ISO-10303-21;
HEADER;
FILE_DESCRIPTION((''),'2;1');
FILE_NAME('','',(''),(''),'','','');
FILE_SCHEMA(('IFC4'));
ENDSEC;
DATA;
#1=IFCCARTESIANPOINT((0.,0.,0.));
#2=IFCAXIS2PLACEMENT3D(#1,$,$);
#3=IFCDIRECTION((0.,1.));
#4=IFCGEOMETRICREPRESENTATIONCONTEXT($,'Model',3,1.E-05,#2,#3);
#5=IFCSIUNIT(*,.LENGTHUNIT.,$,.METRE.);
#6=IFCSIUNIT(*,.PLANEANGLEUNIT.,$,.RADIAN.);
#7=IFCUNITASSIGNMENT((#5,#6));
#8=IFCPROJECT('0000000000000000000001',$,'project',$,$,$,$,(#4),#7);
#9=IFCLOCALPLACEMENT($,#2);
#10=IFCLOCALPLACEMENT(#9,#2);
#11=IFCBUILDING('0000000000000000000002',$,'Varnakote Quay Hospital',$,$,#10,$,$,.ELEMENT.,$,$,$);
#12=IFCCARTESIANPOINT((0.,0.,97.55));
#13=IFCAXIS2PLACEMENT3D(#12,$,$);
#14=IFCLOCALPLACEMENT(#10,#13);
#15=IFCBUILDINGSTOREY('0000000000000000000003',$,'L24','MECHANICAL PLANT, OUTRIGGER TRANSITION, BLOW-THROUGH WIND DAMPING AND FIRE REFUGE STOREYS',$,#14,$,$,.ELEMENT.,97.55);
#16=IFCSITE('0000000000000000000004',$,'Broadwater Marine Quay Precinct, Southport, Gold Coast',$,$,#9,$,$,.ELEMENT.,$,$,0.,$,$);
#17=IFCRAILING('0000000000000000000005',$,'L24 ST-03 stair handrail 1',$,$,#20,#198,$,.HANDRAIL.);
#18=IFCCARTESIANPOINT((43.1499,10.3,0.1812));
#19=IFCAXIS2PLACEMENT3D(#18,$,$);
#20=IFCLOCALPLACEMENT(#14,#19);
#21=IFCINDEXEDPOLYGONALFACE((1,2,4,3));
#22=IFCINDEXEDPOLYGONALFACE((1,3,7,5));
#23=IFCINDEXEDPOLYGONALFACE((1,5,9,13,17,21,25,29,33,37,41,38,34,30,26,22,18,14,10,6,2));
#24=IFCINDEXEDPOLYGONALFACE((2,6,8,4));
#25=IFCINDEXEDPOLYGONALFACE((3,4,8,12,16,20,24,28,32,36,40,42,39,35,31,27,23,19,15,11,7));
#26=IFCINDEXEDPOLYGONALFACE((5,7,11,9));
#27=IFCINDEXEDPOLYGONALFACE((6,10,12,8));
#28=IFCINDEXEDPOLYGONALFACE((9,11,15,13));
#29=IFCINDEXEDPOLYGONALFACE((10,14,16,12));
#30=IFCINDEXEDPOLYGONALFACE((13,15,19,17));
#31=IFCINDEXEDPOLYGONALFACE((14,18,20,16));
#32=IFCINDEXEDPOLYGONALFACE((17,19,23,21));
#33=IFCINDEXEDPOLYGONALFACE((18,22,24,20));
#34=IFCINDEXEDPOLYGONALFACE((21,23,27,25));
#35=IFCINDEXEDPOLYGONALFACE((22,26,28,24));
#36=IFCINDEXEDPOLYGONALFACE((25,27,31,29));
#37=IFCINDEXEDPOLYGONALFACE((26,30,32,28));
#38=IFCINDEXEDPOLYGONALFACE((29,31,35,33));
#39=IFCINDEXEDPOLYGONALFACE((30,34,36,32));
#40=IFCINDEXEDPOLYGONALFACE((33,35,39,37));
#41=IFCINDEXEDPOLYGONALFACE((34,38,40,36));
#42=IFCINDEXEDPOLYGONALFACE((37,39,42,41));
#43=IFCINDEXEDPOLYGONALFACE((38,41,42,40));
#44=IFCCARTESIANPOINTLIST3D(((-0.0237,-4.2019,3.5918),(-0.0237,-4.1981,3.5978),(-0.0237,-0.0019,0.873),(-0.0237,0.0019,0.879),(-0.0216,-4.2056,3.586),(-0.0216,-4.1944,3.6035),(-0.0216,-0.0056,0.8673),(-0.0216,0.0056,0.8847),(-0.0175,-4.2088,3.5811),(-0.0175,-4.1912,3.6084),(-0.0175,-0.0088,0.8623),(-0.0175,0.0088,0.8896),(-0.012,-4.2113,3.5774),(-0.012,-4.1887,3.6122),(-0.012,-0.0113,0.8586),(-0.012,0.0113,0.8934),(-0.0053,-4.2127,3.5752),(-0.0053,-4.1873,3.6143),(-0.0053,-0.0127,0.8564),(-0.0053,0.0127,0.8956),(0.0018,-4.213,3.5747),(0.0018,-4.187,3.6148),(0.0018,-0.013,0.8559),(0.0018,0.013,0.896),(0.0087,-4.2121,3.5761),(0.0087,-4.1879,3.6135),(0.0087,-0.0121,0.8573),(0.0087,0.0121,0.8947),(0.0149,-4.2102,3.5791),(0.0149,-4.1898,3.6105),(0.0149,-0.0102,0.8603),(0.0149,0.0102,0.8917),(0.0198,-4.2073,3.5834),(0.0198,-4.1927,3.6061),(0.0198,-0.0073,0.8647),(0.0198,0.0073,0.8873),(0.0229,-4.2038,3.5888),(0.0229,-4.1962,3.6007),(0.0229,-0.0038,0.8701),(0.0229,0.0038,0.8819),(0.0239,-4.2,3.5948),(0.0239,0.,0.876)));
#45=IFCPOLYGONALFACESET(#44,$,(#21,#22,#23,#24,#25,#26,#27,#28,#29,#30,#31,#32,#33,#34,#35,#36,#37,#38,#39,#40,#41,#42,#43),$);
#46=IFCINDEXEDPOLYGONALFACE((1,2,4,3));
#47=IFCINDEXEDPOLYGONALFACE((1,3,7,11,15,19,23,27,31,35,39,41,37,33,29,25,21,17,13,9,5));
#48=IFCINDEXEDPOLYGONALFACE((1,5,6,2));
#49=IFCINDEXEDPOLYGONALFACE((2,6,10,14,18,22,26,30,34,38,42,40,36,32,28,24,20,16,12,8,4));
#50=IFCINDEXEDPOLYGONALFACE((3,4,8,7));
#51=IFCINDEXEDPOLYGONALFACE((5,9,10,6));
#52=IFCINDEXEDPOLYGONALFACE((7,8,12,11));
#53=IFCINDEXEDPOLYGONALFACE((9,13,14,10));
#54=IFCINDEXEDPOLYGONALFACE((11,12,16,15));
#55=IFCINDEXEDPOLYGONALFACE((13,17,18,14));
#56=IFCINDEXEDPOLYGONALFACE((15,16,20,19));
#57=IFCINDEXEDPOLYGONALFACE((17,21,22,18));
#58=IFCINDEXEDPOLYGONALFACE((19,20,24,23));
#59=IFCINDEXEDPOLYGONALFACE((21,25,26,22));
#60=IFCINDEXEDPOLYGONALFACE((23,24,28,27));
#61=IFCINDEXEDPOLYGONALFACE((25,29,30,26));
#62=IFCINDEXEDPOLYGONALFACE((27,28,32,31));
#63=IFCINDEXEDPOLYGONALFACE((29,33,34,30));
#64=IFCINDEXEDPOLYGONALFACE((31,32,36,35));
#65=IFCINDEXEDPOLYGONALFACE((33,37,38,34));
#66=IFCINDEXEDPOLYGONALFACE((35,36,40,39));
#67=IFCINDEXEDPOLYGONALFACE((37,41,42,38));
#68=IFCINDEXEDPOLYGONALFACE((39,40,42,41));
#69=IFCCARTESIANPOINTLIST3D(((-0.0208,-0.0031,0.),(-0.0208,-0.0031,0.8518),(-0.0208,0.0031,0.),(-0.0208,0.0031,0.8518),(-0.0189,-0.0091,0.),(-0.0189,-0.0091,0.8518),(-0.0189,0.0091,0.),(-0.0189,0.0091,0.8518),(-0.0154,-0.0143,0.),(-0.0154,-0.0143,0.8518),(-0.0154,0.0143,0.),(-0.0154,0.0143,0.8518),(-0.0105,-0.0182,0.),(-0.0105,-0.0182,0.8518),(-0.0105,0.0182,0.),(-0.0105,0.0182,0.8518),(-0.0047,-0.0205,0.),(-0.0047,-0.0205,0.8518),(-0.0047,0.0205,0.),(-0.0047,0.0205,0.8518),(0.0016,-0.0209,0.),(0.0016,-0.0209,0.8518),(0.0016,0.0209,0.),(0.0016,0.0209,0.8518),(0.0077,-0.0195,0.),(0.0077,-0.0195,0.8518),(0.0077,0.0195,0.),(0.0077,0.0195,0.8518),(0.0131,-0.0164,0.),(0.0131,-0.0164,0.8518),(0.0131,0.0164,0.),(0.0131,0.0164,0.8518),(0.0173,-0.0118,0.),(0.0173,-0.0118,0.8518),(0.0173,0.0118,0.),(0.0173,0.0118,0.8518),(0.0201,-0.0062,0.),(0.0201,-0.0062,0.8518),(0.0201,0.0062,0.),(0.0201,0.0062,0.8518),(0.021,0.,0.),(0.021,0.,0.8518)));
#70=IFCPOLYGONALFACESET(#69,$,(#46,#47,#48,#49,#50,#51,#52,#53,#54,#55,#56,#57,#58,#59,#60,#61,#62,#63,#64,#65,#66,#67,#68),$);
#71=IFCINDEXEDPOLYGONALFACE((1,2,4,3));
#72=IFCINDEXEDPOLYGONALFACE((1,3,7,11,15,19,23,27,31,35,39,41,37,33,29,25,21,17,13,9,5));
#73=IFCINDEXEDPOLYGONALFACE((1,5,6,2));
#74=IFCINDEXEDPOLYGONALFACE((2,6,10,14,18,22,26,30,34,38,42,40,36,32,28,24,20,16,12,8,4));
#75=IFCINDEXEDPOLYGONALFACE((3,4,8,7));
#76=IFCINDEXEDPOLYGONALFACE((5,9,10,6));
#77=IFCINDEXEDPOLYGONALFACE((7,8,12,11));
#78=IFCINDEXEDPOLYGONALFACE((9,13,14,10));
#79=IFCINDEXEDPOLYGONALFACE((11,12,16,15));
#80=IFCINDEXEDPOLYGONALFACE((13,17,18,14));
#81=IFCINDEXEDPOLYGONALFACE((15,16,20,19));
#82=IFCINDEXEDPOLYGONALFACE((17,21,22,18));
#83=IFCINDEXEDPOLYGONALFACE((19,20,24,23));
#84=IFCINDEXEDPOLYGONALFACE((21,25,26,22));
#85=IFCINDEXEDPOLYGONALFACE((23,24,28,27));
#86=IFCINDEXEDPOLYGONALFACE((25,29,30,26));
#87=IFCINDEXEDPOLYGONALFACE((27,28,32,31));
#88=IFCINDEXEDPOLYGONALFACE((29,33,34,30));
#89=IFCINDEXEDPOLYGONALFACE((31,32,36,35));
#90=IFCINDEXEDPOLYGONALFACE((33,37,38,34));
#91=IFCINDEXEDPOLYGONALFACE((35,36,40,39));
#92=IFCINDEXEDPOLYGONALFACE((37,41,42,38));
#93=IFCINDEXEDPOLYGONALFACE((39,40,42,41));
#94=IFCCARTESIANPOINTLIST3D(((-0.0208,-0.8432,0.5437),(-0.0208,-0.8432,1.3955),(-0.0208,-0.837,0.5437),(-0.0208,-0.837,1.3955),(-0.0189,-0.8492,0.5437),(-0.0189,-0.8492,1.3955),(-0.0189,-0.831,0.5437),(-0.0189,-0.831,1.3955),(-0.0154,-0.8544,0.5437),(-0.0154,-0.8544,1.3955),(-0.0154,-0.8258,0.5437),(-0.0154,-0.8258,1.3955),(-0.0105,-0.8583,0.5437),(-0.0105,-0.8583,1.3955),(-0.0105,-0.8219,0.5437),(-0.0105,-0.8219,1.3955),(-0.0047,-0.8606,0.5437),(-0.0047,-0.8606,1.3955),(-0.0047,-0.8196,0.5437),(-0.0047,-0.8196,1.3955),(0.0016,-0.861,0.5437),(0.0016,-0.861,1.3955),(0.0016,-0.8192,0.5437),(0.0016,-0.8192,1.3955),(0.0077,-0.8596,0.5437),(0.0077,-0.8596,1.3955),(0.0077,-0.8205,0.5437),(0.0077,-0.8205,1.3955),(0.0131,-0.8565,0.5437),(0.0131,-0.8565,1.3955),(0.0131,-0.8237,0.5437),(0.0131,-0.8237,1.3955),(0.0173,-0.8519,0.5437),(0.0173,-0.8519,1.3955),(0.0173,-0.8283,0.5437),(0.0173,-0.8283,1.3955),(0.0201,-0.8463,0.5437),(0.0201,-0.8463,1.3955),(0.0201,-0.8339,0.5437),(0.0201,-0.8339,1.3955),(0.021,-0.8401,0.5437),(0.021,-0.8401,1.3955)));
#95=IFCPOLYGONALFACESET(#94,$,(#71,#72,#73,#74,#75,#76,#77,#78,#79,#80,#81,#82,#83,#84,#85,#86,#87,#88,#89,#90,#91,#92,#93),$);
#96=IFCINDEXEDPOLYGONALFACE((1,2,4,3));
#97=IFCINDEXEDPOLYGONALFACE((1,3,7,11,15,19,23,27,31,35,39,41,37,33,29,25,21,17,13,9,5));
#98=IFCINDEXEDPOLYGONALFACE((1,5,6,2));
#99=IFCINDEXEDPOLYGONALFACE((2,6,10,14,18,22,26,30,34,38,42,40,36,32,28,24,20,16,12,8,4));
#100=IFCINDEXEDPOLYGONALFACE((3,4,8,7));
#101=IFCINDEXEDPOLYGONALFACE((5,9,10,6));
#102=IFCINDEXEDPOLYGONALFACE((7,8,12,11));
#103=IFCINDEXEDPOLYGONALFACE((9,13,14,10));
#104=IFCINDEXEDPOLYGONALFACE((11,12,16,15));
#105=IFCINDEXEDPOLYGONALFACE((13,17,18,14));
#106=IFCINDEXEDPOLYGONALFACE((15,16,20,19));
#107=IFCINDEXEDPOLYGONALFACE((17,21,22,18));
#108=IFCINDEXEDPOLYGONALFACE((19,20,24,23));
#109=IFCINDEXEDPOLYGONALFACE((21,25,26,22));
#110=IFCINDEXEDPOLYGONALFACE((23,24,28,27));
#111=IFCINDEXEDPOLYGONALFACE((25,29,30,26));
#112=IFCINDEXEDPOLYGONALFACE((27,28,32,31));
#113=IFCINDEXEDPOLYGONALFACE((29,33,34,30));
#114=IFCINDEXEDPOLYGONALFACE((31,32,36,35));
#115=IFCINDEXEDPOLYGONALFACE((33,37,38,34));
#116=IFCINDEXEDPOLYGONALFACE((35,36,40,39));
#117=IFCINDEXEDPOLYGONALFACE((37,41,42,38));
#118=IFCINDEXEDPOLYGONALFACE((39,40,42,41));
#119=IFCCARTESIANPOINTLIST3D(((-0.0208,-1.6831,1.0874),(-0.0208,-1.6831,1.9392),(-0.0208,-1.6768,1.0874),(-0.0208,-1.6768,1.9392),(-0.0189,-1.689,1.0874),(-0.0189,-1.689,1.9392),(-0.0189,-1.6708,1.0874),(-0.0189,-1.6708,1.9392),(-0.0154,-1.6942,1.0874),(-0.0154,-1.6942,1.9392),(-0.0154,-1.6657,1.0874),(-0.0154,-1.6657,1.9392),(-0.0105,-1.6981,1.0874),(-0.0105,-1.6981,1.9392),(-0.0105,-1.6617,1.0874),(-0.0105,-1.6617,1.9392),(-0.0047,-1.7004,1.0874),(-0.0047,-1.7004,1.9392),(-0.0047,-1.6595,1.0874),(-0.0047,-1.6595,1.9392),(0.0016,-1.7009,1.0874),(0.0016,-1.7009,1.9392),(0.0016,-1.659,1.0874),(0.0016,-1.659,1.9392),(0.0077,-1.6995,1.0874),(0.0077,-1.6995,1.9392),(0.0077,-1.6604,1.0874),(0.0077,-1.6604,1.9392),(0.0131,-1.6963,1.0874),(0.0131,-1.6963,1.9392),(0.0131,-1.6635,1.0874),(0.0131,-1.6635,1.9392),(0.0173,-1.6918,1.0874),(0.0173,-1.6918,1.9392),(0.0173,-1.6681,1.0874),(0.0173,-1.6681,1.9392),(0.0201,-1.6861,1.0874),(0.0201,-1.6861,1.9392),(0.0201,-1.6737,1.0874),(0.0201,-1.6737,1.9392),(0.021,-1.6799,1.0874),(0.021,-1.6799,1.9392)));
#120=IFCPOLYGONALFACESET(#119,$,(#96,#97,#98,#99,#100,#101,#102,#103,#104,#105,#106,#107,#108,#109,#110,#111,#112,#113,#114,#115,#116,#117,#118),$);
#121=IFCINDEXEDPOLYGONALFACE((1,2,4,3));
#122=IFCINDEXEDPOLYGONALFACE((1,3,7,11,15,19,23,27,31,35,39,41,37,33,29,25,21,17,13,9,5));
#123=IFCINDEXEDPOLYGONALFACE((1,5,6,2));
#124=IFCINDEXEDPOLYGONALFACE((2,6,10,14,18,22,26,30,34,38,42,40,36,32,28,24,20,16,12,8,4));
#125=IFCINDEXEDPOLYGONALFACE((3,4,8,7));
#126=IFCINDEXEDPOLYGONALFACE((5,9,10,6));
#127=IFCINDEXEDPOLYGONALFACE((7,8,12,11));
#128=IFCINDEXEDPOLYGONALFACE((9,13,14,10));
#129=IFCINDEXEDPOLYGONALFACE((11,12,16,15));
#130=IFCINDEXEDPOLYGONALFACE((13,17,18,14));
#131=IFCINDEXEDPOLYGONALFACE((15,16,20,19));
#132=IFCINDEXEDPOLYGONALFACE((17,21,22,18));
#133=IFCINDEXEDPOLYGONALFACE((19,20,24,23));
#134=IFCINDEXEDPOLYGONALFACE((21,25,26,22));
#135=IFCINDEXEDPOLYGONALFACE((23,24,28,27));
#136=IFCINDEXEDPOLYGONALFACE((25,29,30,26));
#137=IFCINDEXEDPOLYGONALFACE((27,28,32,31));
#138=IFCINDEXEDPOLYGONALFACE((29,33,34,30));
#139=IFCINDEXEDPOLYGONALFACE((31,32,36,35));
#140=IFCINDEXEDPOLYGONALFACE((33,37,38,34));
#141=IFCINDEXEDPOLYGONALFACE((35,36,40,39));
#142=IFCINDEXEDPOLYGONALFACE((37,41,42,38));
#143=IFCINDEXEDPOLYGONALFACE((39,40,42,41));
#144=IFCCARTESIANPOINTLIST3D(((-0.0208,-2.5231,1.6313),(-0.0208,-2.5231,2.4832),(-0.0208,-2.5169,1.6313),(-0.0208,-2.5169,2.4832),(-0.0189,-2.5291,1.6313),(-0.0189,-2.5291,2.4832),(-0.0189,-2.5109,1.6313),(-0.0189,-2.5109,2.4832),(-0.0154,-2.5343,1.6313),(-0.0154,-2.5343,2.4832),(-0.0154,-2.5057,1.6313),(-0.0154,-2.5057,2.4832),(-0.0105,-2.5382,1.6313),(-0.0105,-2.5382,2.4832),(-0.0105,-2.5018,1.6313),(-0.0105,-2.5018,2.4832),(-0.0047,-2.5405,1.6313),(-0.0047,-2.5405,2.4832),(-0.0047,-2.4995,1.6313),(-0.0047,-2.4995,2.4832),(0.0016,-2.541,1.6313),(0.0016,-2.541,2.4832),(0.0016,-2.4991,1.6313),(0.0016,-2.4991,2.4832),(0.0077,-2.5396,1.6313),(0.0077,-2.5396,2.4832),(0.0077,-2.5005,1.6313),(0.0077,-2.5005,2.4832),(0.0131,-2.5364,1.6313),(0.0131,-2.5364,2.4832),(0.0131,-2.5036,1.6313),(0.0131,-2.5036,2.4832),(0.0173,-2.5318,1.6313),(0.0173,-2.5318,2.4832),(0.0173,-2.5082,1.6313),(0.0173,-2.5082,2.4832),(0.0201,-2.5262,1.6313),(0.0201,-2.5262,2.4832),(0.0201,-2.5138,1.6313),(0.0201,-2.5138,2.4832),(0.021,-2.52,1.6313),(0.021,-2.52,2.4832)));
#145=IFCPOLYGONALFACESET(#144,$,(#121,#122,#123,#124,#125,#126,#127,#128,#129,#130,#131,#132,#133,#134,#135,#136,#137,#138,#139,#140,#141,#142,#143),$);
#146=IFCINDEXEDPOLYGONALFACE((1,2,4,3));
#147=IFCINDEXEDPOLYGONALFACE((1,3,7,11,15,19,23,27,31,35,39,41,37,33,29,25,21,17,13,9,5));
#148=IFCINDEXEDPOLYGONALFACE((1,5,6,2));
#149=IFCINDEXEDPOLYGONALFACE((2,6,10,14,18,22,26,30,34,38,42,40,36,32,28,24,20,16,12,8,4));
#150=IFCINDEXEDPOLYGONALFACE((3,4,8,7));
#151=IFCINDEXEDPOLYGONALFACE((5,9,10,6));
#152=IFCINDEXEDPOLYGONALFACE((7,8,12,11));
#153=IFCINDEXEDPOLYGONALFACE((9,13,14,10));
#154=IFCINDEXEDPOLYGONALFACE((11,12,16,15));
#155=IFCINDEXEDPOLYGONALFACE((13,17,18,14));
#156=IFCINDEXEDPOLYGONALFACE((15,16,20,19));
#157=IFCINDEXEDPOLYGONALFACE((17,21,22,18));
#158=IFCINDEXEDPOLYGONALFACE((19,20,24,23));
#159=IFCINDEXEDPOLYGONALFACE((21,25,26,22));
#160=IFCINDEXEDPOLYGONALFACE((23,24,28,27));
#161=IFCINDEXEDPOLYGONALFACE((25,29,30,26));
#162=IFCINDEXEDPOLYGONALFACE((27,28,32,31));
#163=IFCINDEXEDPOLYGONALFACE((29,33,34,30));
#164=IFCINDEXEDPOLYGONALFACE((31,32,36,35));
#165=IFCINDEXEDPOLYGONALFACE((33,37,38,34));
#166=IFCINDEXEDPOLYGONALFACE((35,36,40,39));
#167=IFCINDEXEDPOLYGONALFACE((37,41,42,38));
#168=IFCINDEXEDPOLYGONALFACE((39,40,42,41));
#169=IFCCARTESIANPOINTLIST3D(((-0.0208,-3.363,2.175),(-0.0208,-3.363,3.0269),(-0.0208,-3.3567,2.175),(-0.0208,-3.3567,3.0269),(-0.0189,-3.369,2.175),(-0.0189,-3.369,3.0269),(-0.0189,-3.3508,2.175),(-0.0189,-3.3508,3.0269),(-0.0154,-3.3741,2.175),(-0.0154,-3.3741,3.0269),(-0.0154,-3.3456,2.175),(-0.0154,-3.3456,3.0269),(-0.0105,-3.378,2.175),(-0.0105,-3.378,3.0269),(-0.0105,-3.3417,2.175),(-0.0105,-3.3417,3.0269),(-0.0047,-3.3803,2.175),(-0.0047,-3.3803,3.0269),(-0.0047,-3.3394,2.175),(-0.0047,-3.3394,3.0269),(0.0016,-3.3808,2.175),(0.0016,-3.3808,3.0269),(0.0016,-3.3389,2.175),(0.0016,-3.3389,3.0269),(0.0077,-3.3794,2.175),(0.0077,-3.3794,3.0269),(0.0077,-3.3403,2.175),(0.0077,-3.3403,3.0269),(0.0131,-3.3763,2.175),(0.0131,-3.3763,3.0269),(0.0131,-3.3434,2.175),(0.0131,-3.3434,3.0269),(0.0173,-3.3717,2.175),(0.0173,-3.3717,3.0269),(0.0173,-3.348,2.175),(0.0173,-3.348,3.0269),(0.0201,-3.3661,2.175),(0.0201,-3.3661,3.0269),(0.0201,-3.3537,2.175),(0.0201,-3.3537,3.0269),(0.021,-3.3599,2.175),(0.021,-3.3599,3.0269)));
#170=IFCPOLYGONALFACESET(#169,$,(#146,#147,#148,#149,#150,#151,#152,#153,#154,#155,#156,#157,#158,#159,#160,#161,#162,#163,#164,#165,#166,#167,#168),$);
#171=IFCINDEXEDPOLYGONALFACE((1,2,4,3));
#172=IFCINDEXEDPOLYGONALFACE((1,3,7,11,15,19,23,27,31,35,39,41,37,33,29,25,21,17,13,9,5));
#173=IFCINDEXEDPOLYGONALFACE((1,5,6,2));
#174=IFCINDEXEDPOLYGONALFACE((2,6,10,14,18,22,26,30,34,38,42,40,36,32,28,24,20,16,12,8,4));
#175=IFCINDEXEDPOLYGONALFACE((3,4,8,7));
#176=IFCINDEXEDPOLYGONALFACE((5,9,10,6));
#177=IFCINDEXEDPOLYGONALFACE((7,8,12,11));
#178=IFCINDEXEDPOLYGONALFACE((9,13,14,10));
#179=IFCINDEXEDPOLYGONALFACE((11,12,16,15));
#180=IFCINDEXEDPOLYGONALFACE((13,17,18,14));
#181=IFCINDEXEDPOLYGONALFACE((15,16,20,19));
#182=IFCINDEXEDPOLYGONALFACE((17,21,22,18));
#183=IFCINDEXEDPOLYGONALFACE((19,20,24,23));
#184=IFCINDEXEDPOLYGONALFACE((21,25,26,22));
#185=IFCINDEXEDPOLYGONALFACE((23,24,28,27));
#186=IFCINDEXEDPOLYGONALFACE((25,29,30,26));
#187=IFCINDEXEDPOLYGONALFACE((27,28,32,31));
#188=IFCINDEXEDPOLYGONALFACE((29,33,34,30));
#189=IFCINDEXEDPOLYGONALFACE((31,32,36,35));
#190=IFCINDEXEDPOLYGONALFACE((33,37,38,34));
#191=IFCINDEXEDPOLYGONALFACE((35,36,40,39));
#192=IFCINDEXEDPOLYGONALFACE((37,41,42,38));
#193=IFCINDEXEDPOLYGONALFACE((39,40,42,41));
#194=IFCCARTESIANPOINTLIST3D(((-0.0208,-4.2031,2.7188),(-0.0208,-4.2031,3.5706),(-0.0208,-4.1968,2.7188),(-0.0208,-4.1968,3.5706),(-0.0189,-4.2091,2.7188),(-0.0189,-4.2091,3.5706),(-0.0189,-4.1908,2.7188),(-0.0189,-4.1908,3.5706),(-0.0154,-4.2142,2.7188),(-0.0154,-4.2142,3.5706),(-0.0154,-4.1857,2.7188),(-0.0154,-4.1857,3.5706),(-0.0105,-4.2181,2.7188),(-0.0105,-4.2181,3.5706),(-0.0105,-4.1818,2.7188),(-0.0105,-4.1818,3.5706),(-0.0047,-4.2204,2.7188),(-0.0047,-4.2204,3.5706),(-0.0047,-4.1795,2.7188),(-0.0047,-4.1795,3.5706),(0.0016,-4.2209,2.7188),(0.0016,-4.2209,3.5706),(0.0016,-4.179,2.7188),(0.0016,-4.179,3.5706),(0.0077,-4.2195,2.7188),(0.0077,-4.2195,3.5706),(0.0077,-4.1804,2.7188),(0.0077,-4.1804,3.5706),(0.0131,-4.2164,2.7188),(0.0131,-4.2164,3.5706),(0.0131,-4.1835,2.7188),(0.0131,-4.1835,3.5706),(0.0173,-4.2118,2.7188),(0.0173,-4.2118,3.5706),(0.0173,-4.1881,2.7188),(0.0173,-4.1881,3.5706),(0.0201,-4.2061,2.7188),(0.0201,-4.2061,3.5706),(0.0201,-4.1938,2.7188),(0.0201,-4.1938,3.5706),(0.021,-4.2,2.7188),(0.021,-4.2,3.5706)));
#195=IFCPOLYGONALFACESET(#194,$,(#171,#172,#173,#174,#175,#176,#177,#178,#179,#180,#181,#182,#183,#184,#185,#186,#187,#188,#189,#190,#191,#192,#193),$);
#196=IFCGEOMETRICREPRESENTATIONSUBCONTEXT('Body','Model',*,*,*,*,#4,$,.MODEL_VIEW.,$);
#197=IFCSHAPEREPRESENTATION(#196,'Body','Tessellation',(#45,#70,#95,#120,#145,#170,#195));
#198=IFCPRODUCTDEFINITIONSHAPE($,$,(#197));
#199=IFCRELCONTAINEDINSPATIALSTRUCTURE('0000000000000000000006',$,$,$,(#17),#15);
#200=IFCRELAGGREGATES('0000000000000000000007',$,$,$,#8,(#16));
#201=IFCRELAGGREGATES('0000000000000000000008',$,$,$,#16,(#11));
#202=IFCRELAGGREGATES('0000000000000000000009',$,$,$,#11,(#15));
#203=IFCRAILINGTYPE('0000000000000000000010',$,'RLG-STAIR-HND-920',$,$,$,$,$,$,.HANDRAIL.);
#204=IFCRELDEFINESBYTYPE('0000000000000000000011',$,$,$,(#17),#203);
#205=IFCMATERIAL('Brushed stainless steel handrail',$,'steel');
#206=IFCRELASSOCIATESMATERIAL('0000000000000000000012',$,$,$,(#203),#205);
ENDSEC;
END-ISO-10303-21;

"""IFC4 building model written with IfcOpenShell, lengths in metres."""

from ifc_helpers import new_model, si_unit, direction, frame, origin, origin_2d, place, context, subcontext, project, spatial, circle, extrude, material, type_object, element, save


model = new_model("IFC4")

# Units and contexts
model_context = context("Model", 3, precision=1e-05, world=origin(), true_north=direction((0.0, 1.0)))
body_context = subcontext(model_context, "Body", "Model", "MODEL_VIEW")
ifc_project = project(units=[si_unit("LENGTHUNIT", "METRE"), si_unit("PLANEANGLEUNIT", "RADIAN")], contexts=[model_context])

# Site, building, storey
site_placement = place(None, origin())
site = spatial("IfcSite", under=ifc_project, at=site_placement, Name="Broadwater Marine Quay Precinct, Southport, Gold Coast", CompositionType="ELEMENT", RefElevation=0.0)
building_placement = place(site_placement, origin())
building = spatial("IfcBuilding", under=site, at=building_placement, Name="Varnakote Quay Hospital", CompositionType="ELEMENT")
storey_placement = place(building_placement, frame((0.0, 0.0, 97.55)))
storey = spatial("IfcBuildingStorey", under=building, at=storey_placement, Name="L24", Description="MECHANICAL PLANT, OUTRIGGER TRANSITION, BLOW-THROUGH WIND DAMPING AND FIRE REFUGE STOREYS", CompositionType="ELEMENT", Elevation=97.55)

# Railing
ifc_material_1 = material(Name="Brushed stainless steel handrail", Category="steel")
railing_type_1 = type_object("IfcRailingType", Name="RLG-STAIR-HND-920", PredefinedType="HANDRAIL", material=ifc_material_1)
railing_1_placement = place(storey_placement, frame((43.1499, 10.3, 0.1812)))
element("IfcRailing", 1, at=railing_1_placement, inside=storey, type_object=railing_type_1, Name="L24 ST-03 stair handrail 1", PredefinedType="HANDRAIL", context=body_context, shape_type="SweptSolid", body=[
    extrude(circle(Radius=0.0239, at=origin_2d()), frame((0.0, 0.0, 0.876), z_axis=(0.0, -0.839467, 0.543411), x_axis=(1.0, 0.0, 0.0)), (0.0, 0.0, 1.0), 5.0032),
    extrude(circle(Radius=0.021, at=origin_2d()), origin(), (0.0, 0.0, 1.0), 0.8518),
    extrude(circle(Radius=0.021, at=origin_2d()), frame((0.0, -0.8401, 0.5437)), (0.0, 0.0, 1.0), 0.8518),
    extrude(circle(Radius=0.021, at=origin_2d()), frame((0.0, -1.6799, 1.0874)), (0.0, 0.0, 1.0), 0.8518),
    extrude(circle(Radius=0.021, at=origin_2d()), frame((0.0, -2.52, 1.6313)), (0.0, 0.0, 1.0), 0.8518),
    extrude(circle(Radius=0.021, at=origin_2d()), frame((0.0, -3.3599, 2.175)), (0.0, 0.0, 1.0), 0.8518),
    extrude(circle(Radius=0.021, at=origin_2d()), frame((0.0, -4.2, 2.7188)), (0.0, 0.0, 1.0), 0.8518),
])

save(model, "model.ifc")
